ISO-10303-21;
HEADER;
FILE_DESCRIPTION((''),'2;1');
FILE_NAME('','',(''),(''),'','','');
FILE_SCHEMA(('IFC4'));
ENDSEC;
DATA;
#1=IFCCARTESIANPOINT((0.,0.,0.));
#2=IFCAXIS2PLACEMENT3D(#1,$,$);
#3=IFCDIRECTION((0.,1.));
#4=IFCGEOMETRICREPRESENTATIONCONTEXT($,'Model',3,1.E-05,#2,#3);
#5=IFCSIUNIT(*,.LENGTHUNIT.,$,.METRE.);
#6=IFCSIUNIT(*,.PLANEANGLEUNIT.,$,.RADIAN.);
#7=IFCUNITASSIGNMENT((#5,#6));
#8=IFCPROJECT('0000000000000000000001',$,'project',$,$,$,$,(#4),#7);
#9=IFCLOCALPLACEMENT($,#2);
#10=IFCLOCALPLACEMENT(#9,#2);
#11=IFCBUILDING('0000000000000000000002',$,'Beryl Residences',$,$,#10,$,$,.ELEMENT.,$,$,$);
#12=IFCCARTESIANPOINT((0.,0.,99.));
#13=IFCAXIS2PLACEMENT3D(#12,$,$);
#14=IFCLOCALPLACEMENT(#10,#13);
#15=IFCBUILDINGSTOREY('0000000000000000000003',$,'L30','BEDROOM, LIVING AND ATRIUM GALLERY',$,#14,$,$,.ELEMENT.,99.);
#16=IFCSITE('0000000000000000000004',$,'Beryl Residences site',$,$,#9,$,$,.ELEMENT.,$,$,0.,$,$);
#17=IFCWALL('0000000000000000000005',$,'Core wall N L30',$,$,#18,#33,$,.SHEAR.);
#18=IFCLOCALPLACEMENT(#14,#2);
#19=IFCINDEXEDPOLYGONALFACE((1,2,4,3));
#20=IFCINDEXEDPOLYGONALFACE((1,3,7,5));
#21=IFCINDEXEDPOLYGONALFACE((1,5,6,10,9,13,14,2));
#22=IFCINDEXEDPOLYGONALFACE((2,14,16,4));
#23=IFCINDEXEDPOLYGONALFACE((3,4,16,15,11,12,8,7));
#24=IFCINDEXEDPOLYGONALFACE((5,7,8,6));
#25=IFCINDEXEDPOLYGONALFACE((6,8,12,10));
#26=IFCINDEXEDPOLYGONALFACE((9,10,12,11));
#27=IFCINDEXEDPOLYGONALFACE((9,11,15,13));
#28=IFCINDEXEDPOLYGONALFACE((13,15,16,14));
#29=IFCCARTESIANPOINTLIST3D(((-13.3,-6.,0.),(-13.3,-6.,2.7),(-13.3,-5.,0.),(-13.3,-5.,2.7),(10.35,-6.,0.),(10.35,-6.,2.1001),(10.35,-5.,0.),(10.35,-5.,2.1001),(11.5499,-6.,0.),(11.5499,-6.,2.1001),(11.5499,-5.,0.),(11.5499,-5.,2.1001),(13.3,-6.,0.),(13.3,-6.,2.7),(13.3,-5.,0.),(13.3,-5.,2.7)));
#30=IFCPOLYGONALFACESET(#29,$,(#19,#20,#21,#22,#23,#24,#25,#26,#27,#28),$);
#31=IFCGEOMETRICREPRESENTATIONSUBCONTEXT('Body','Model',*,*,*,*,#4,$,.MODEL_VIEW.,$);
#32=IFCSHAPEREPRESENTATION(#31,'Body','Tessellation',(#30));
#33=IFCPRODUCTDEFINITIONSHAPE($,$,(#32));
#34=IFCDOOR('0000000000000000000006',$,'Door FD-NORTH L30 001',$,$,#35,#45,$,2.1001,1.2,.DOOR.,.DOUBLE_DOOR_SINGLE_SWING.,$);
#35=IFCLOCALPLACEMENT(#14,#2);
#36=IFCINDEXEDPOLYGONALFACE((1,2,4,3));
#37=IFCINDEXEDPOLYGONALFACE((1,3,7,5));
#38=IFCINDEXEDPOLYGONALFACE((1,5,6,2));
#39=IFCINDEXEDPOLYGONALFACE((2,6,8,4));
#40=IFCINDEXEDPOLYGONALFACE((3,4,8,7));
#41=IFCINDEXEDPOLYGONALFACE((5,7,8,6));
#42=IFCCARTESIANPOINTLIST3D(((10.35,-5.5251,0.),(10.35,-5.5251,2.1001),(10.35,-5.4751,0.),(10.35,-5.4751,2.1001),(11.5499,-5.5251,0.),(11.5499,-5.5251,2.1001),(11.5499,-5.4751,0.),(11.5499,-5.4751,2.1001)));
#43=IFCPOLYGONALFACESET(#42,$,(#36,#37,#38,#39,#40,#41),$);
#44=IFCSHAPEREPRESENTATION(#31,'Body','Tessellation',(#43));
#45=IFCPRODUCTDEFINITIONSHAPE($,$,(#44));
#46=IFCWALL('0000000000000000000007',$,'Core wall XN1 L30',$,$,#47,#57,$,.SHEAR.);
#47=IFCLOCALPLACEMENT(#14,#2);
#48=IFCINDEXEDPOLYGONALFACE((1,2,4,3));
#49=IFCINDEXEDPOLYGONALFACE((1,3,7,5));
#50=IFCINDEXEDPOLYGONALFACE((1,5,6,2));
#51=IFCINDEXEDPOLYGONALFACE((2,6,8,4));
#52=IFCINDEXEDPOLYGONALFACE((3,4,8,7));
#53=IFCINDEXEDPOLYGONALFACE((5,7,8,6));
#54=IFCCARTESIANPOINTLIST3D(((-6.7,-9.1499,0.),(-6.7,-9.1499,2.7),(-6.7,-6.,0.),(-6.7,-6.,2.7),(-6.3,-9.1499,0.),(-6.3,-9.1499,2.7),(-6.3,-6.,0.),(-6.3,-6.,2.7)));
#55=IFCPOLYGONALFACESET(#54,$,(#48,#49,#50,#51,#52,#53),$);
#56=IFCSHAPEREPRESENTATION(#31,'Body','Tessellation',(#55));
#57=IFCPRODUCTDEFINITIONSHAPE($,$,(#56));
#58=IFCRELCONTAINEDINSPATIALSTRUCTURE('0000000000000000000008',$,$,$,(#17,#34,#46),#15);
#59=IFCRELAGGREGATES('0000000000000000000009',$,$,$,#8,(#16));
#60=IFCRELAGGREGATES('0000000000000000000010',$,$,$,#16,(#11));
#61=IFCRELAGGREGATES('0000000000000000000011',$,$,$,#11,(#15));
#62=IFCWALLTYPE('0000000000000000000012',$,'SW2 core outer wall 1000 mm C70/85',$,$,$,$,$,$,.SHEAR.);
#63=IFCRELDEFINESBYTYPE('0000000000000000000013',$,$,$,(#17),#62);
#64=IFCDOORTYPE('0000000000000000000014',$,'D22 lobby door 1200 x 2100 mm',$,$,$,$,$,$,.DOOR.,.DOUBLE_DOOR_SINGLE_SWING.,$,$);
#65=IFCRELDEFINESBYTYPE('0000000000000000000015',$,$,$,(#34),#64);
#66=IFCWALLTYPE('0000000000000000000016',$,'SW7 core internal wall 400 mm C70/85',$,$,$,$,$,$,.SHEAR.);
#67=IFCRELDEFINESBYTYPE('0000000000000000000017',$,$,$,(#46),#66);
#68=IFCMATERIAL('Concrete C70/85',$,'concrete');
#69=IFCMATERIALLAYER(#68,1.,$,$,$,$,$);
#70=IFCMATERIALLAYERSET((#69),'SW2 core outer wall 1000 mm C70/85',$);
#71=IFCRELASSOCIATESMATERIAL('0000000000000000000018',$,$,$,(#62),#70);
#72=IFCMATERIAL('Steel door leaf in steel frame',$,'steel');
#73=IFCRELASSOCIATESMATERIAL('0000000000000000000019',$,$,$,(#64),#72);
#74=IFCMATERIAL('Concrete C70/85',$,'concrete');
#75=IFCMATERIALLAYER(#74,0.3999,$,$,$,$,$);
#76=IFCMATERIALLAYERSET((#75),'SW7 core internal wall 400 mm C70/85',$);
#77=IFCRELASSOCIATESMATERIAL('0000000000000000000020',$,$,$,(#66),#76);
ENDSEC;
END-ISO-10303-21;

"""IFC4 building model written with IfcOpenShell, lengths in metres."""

from ifc_helpers import new_model, si_unit, direction, frame, frame_2d, origin, place, context, subcontext, project, spatial, rectangle, extrude, material, layer, layer_set, type_object, element, fill, save


model = new_model("IFC4")

# Units and contexts
model_context = context("Model", 3, precision=1e-05, world=origin(), true_north=direction((0.0, 1.0)))
body_context = subcontext(model_context, "Body", "Model", "MODEL_VIEW")
ifc_project = project(units=[si_unit("LENGTHUNIT", "METRE"), si_unit("PLANEANGLEUNIT", "RADIAN")], contexts=[model_context])

# Site, building, storey
site_placement = place(None, origin())
site = spatial("IfcSite", under=ifc_project, at=site_placement, Name="Beryl Residences site", CompositionType="ELEMENT", RefElevation=0.0)
building_placement = place(site_placement, origin())
building = spatial("IfcBuilding", under=site, at=building_placement, Name="Beryl Residences", CompositionType="ELEMENT")
storey_placement = place(building_placement, frame((0.0, 0.0, 99.0)))
storey = spatial("IfcBuildingStorey", under=building, at=storey_placement, Name="L30", Description="BEDROOM, LIVING AND ATRIUM GALLERY", CompositionType="ELEMENT", Elevation=99.0)

# Wall, opening, door
ifc_material_1 = material(Name="Concrete C70/85", Category="concrete")
ifc_layer_1 = layer(ifc_material_1, 1.0)
ifc_layer_set_1 = layer_set([ifc_layer_1], Name="SW2 core outer wall 1000 mm C70/85")
wall_type_1 = type_object("IfcWallType", Name="SW2 core outer wall 1000 mm C70/85", PredefinedType="SHEAR", material=ifc_layer_set_1)
wall_1_placement = place(storey_placement, frame((-13.3, -5.5, 0.0), z_axis=(0.0, 0.0, 1.0), x_axis=(1.0, 0.0, 0.0)))
wall_1 = element("IfcWall", 1, at=wall_1_placement, inside=storey, type_object=wall_type_1, Name="Core wall N L30", PredefinedType="SHEAR", context=body_context, shape_type="SweptSolid", body=[
    extrude(rectangle(XDim=26.6001, YDim=1.0, at=frame_2d((13.3, 0.0))), origin(), (0.0, 0.0, 1.0), 2.7),
])
opening_1_placement = place(wall_1_placement, frame((23.6499, 0.0, 0.0)))
opening_1 = element("IfcOpeningElement", 2, at=opening_1_placement, cuts=wall_1, PredefinedType="OPENING", context=body_context, shape_type="SweptSolid", body=[
    extrude(rectangle(XDim=1.2, YDim=2.1001, at=frame_2d((0.6001, 1.05))), frame((0.0, 0.51, 0.0), z_axis=(0.0, -1.0, 0.0), x_axis=(1.0, 0.0, 0.0)), (0.0, 0.0, 1.0), 1.02),
])
ifc_material_2 = material(Name="Steel door leaf in steel frame", Category="steel")
door_type_1 = type_object("IfcDoorType", Name="D22 lobby door 1200 x 2100 mm", OperationType="DOUBLE_DOOR_SINGLE_SWING", PredefinedType="DOOR", material=ifc_material_2)
door_1_placement = place(opening_1_placement, origin())
door_1 = element("IfcDoor", 3, at=door_1_placement, inside=storey, type_object=door_type_1, Name="Door FD-NORTH L30 001", OperationType="DOUBLE_DOOR_SINGLE_SWING", OverallHeight=2.1001, OverallWidth=1.2, PredefinedType="DOOR", context=body_context, shape_type="SweptSolid", body=[
    extrude(rectangle(XDim=1.2, YDim=2.1001, at=frame_2d((0.6001, 1.05))), frame((0.0, 0.0249, 0.0), z_axis=(0.0, -1.0, 0.0), x_axis=(1.0, 0.0, 0.0)), (0.0, 0.0, 1.0), 0.05),
])
fill(opening_1, door_1)

# Shared definitions
ifc_material_3 = material(Name="Concrete C70/85", Category="concrete")
ifc_layer_2 = layer(ifc_material_3, 0.3999)
ifc_layer_set_2 = layer_set([ifc_layer_2], Name="SW7 core internal wall 400 mm C70/85")
wall_type_2 = type_object("IfcWallType", Name="SW7 core internal wall 400 mm C70/85", PredefinedType="SHEAR", material=ifc_layer_set_2)

# Wall
wall_2_placement = place(storey_placement, frame((-6.5, -9.1499, 0.0), z_axis=(0.0, 0.0, 1.0), x_axis=(0.0, 1.0, 0.0)))
element("IfcWall", 4, at=wall_2_placement, inside=storey, type_object=wall_type_2, Name="Core wall XN1 L30", PredefinedType="SHEAR", context=body_context, shape_type="SweptSolid", body=[
    extrude(rectangle(XDim=3.1499, YDim=0.3999, at=frame_2d((1.575, 0.0))), origin(), (0.0, 0.0, 1.0), 2.7),
])

save(model, "model.ifc")
